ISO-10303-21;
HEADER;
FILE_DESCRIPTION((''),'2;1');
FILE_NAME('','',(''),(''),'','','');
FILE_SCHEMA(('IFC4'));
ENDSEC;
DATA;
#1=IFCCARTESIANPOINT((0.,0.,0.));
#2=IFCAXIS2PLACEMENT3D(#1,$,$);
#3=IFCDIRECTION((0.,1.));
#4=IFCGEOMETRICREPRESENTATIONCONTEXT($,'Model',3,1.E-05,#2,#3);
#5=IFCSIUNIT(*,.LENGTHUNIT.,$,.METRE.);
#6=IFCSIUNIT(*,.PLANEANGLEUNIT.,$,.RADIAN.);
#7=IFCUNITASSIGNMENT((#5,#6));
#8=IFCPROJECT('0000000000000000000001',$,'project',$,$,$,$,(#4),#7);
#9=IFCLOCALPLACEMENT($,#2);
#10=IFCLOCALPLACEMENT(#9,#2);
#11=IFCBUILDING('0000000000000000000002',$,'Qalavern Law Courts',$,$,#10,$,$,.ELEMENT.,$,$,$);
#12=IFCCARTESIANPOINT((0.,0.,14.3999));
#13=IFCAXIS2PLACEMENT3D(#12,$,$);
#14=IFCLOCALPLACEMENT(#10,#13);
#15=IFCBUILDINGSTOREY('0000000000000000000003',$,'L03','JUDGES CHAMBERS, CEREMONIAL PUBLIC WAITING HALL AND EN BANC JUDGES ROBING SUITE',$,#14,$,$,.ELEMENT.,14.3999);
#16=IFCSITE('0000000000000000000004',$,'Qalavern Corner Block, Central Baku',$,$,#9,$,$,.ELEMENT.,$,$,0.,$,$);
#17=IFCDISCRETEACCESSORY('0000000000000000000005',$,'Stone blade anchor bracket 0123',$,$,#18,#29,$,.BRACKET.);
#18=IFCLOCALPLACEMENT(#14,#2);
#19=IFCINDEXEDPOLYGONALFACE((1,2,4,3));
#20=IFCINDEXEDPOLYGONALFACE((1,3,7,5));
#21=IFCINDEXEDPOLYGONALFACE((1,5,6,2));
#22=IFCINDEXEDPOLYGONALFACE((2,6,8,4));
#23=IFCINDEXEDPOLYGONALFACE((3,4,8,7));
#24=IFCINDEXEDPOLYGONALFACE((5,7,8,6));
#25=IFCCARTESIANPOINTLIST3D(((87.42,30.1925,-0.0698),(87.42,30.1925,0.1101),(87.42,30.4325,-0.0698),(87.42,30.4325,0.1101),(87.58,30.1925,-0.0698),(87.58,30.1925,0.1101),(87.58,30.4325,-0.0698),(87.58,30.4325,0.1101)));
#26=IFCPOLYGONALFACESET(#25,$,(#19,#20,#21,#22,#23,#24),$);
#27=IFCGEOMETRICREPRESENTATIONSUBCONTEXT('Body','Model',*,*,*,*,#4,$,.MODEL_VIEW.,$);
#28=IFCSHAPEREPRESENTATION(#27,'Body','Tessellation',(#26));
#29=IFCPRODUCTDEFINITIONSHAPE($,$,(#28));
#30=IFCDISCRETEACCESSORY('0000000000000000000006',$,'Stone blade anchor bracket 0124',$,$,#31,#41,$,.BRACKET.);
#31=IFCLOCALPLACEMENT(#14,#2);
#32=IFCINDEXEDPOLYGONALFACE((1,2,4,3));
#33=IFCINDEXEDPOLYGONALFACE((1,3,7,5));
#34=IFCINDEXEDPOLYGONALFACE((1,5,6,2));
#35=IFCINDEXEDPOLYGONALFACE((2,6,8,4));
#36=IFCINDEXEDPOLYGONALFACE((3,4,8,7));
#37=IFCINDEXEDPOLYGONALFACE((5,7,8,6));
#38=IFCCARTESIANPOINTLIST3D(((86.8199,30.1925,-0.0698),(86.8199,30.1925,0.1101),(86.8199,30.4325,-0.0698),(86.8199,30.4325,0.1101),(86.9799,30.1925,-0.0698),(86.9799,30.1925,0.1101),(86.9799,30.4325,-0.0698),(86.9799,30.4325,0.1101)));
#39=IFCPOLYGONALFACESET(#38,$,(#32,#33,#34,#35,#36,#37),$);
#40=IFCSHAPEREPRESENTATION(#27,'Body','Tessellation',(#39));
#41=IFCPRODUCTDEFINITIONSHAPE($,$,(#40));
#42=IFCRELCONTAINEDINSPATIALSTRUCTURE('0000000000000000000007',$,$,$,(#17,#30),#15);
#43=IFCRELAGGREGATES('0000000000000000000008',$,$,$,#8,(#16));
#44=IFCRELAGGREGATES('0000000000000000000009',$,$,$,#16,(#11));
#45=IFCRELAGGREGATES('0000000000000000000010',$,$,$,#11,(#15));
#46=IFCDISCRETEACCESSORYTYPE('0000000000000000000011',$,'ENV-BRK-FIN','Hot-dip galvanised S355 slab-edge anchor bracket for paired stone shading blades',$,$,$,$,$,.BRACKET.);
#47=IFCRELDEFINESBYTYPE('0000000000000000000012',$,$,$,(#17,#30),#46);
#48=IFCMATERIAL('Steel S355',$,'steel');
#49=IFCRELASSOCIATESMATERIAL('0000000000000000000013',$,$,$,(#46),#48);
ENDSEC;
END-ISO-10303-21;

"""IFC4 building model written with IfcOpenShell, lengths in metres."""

from ifc_helpers import new_model, si_unit, direction, frame, origin, origin_2d, place, context, subcontext, project, spatial, rectangle, extrude, material, type_object, element, save


model = new_model("IFC4")

# Units and contexts
model_context = context("Model", 3, precision=1e-05, world=origin(), true_north=direction((0.0, 1.0)))
body_context = subcontext(model_context, "Body", "Model", "MODEL_VIEW")
ifc_project = project(units=[si_unit("LENGTHUNIT", "METRE"), si_unit("PLANEANGLEUNIT", "RADIAN")], contexts=[model_context])

# Site, building, storey
site_placement = place(None, origin())
site = spatial("IfcSite", under=ifc_project, at=site_placement, Name="Qalavern Corner Block, Central Baku", CompositionType="ELEMENT", RefElevation=0.0)
building_placement = place(site_placement, origin())
building = spatial("IfcBuilding", under=site, at=building_placement, Name="Qalavern Law Courts", CompositionType="ELEMENT")
storey_placement = place(building_placement, frame((0.0, 0.0, 14.3999)))
storey = spatial("IfcBuildingStorey", under=building, at=storey_placement, Name="L03", Description="JUDGES CHAMBERS, CEREMONIAL PUBLIC WAITING HALL AND EN BANC JUDGES ROBING SUITE", CompositionType="ELEMENT", Elevation=14.3999)

# Discrete accessories
ifc_material_1 = material(Name="Steel S355", Category="steel")
discrete_accessory_type = type_object("IfcDiscreteAccessoryType", Name="ENV-BRK-FIN", Description="Hot-dip galvanised S355 slab-edge anchor bracket for paired stone shading blades", PredefinedType="BRACKET", material=ifc_material_1)
for number, where, z_axis, x_axis, name in (
    (1, (87.5, 30.3125, -0.0698), (0.0, 0.0, 1.0), (0.0, 1.0, 0.0), "Stone blade anchor bracket 0123"),
    (2, (86.8999, 30.3125, -0.0698), (0.0, 0.0, 1.0), (0.0, 1.0, 0.0), "Stone blade anchor bracket 0124"),
):
    element("IfcDiscreteAccessory", number, at=place(storey_placement, frame(where, z_axis=z_axis, x_axis=x_axis)), inside=storey, type_object=discrete_accessory_type, Name=name, PredefinedType="BRACKET", context=body_context, shape_type="SweptSolid", body=[
        extrude(rectangle(XDim=0.24, YDim=0.1599, at=origin_2d()), origin(), (0.0, 0.0, 1.0), 0.1799),
    ])

save(model, "model.ifc")
